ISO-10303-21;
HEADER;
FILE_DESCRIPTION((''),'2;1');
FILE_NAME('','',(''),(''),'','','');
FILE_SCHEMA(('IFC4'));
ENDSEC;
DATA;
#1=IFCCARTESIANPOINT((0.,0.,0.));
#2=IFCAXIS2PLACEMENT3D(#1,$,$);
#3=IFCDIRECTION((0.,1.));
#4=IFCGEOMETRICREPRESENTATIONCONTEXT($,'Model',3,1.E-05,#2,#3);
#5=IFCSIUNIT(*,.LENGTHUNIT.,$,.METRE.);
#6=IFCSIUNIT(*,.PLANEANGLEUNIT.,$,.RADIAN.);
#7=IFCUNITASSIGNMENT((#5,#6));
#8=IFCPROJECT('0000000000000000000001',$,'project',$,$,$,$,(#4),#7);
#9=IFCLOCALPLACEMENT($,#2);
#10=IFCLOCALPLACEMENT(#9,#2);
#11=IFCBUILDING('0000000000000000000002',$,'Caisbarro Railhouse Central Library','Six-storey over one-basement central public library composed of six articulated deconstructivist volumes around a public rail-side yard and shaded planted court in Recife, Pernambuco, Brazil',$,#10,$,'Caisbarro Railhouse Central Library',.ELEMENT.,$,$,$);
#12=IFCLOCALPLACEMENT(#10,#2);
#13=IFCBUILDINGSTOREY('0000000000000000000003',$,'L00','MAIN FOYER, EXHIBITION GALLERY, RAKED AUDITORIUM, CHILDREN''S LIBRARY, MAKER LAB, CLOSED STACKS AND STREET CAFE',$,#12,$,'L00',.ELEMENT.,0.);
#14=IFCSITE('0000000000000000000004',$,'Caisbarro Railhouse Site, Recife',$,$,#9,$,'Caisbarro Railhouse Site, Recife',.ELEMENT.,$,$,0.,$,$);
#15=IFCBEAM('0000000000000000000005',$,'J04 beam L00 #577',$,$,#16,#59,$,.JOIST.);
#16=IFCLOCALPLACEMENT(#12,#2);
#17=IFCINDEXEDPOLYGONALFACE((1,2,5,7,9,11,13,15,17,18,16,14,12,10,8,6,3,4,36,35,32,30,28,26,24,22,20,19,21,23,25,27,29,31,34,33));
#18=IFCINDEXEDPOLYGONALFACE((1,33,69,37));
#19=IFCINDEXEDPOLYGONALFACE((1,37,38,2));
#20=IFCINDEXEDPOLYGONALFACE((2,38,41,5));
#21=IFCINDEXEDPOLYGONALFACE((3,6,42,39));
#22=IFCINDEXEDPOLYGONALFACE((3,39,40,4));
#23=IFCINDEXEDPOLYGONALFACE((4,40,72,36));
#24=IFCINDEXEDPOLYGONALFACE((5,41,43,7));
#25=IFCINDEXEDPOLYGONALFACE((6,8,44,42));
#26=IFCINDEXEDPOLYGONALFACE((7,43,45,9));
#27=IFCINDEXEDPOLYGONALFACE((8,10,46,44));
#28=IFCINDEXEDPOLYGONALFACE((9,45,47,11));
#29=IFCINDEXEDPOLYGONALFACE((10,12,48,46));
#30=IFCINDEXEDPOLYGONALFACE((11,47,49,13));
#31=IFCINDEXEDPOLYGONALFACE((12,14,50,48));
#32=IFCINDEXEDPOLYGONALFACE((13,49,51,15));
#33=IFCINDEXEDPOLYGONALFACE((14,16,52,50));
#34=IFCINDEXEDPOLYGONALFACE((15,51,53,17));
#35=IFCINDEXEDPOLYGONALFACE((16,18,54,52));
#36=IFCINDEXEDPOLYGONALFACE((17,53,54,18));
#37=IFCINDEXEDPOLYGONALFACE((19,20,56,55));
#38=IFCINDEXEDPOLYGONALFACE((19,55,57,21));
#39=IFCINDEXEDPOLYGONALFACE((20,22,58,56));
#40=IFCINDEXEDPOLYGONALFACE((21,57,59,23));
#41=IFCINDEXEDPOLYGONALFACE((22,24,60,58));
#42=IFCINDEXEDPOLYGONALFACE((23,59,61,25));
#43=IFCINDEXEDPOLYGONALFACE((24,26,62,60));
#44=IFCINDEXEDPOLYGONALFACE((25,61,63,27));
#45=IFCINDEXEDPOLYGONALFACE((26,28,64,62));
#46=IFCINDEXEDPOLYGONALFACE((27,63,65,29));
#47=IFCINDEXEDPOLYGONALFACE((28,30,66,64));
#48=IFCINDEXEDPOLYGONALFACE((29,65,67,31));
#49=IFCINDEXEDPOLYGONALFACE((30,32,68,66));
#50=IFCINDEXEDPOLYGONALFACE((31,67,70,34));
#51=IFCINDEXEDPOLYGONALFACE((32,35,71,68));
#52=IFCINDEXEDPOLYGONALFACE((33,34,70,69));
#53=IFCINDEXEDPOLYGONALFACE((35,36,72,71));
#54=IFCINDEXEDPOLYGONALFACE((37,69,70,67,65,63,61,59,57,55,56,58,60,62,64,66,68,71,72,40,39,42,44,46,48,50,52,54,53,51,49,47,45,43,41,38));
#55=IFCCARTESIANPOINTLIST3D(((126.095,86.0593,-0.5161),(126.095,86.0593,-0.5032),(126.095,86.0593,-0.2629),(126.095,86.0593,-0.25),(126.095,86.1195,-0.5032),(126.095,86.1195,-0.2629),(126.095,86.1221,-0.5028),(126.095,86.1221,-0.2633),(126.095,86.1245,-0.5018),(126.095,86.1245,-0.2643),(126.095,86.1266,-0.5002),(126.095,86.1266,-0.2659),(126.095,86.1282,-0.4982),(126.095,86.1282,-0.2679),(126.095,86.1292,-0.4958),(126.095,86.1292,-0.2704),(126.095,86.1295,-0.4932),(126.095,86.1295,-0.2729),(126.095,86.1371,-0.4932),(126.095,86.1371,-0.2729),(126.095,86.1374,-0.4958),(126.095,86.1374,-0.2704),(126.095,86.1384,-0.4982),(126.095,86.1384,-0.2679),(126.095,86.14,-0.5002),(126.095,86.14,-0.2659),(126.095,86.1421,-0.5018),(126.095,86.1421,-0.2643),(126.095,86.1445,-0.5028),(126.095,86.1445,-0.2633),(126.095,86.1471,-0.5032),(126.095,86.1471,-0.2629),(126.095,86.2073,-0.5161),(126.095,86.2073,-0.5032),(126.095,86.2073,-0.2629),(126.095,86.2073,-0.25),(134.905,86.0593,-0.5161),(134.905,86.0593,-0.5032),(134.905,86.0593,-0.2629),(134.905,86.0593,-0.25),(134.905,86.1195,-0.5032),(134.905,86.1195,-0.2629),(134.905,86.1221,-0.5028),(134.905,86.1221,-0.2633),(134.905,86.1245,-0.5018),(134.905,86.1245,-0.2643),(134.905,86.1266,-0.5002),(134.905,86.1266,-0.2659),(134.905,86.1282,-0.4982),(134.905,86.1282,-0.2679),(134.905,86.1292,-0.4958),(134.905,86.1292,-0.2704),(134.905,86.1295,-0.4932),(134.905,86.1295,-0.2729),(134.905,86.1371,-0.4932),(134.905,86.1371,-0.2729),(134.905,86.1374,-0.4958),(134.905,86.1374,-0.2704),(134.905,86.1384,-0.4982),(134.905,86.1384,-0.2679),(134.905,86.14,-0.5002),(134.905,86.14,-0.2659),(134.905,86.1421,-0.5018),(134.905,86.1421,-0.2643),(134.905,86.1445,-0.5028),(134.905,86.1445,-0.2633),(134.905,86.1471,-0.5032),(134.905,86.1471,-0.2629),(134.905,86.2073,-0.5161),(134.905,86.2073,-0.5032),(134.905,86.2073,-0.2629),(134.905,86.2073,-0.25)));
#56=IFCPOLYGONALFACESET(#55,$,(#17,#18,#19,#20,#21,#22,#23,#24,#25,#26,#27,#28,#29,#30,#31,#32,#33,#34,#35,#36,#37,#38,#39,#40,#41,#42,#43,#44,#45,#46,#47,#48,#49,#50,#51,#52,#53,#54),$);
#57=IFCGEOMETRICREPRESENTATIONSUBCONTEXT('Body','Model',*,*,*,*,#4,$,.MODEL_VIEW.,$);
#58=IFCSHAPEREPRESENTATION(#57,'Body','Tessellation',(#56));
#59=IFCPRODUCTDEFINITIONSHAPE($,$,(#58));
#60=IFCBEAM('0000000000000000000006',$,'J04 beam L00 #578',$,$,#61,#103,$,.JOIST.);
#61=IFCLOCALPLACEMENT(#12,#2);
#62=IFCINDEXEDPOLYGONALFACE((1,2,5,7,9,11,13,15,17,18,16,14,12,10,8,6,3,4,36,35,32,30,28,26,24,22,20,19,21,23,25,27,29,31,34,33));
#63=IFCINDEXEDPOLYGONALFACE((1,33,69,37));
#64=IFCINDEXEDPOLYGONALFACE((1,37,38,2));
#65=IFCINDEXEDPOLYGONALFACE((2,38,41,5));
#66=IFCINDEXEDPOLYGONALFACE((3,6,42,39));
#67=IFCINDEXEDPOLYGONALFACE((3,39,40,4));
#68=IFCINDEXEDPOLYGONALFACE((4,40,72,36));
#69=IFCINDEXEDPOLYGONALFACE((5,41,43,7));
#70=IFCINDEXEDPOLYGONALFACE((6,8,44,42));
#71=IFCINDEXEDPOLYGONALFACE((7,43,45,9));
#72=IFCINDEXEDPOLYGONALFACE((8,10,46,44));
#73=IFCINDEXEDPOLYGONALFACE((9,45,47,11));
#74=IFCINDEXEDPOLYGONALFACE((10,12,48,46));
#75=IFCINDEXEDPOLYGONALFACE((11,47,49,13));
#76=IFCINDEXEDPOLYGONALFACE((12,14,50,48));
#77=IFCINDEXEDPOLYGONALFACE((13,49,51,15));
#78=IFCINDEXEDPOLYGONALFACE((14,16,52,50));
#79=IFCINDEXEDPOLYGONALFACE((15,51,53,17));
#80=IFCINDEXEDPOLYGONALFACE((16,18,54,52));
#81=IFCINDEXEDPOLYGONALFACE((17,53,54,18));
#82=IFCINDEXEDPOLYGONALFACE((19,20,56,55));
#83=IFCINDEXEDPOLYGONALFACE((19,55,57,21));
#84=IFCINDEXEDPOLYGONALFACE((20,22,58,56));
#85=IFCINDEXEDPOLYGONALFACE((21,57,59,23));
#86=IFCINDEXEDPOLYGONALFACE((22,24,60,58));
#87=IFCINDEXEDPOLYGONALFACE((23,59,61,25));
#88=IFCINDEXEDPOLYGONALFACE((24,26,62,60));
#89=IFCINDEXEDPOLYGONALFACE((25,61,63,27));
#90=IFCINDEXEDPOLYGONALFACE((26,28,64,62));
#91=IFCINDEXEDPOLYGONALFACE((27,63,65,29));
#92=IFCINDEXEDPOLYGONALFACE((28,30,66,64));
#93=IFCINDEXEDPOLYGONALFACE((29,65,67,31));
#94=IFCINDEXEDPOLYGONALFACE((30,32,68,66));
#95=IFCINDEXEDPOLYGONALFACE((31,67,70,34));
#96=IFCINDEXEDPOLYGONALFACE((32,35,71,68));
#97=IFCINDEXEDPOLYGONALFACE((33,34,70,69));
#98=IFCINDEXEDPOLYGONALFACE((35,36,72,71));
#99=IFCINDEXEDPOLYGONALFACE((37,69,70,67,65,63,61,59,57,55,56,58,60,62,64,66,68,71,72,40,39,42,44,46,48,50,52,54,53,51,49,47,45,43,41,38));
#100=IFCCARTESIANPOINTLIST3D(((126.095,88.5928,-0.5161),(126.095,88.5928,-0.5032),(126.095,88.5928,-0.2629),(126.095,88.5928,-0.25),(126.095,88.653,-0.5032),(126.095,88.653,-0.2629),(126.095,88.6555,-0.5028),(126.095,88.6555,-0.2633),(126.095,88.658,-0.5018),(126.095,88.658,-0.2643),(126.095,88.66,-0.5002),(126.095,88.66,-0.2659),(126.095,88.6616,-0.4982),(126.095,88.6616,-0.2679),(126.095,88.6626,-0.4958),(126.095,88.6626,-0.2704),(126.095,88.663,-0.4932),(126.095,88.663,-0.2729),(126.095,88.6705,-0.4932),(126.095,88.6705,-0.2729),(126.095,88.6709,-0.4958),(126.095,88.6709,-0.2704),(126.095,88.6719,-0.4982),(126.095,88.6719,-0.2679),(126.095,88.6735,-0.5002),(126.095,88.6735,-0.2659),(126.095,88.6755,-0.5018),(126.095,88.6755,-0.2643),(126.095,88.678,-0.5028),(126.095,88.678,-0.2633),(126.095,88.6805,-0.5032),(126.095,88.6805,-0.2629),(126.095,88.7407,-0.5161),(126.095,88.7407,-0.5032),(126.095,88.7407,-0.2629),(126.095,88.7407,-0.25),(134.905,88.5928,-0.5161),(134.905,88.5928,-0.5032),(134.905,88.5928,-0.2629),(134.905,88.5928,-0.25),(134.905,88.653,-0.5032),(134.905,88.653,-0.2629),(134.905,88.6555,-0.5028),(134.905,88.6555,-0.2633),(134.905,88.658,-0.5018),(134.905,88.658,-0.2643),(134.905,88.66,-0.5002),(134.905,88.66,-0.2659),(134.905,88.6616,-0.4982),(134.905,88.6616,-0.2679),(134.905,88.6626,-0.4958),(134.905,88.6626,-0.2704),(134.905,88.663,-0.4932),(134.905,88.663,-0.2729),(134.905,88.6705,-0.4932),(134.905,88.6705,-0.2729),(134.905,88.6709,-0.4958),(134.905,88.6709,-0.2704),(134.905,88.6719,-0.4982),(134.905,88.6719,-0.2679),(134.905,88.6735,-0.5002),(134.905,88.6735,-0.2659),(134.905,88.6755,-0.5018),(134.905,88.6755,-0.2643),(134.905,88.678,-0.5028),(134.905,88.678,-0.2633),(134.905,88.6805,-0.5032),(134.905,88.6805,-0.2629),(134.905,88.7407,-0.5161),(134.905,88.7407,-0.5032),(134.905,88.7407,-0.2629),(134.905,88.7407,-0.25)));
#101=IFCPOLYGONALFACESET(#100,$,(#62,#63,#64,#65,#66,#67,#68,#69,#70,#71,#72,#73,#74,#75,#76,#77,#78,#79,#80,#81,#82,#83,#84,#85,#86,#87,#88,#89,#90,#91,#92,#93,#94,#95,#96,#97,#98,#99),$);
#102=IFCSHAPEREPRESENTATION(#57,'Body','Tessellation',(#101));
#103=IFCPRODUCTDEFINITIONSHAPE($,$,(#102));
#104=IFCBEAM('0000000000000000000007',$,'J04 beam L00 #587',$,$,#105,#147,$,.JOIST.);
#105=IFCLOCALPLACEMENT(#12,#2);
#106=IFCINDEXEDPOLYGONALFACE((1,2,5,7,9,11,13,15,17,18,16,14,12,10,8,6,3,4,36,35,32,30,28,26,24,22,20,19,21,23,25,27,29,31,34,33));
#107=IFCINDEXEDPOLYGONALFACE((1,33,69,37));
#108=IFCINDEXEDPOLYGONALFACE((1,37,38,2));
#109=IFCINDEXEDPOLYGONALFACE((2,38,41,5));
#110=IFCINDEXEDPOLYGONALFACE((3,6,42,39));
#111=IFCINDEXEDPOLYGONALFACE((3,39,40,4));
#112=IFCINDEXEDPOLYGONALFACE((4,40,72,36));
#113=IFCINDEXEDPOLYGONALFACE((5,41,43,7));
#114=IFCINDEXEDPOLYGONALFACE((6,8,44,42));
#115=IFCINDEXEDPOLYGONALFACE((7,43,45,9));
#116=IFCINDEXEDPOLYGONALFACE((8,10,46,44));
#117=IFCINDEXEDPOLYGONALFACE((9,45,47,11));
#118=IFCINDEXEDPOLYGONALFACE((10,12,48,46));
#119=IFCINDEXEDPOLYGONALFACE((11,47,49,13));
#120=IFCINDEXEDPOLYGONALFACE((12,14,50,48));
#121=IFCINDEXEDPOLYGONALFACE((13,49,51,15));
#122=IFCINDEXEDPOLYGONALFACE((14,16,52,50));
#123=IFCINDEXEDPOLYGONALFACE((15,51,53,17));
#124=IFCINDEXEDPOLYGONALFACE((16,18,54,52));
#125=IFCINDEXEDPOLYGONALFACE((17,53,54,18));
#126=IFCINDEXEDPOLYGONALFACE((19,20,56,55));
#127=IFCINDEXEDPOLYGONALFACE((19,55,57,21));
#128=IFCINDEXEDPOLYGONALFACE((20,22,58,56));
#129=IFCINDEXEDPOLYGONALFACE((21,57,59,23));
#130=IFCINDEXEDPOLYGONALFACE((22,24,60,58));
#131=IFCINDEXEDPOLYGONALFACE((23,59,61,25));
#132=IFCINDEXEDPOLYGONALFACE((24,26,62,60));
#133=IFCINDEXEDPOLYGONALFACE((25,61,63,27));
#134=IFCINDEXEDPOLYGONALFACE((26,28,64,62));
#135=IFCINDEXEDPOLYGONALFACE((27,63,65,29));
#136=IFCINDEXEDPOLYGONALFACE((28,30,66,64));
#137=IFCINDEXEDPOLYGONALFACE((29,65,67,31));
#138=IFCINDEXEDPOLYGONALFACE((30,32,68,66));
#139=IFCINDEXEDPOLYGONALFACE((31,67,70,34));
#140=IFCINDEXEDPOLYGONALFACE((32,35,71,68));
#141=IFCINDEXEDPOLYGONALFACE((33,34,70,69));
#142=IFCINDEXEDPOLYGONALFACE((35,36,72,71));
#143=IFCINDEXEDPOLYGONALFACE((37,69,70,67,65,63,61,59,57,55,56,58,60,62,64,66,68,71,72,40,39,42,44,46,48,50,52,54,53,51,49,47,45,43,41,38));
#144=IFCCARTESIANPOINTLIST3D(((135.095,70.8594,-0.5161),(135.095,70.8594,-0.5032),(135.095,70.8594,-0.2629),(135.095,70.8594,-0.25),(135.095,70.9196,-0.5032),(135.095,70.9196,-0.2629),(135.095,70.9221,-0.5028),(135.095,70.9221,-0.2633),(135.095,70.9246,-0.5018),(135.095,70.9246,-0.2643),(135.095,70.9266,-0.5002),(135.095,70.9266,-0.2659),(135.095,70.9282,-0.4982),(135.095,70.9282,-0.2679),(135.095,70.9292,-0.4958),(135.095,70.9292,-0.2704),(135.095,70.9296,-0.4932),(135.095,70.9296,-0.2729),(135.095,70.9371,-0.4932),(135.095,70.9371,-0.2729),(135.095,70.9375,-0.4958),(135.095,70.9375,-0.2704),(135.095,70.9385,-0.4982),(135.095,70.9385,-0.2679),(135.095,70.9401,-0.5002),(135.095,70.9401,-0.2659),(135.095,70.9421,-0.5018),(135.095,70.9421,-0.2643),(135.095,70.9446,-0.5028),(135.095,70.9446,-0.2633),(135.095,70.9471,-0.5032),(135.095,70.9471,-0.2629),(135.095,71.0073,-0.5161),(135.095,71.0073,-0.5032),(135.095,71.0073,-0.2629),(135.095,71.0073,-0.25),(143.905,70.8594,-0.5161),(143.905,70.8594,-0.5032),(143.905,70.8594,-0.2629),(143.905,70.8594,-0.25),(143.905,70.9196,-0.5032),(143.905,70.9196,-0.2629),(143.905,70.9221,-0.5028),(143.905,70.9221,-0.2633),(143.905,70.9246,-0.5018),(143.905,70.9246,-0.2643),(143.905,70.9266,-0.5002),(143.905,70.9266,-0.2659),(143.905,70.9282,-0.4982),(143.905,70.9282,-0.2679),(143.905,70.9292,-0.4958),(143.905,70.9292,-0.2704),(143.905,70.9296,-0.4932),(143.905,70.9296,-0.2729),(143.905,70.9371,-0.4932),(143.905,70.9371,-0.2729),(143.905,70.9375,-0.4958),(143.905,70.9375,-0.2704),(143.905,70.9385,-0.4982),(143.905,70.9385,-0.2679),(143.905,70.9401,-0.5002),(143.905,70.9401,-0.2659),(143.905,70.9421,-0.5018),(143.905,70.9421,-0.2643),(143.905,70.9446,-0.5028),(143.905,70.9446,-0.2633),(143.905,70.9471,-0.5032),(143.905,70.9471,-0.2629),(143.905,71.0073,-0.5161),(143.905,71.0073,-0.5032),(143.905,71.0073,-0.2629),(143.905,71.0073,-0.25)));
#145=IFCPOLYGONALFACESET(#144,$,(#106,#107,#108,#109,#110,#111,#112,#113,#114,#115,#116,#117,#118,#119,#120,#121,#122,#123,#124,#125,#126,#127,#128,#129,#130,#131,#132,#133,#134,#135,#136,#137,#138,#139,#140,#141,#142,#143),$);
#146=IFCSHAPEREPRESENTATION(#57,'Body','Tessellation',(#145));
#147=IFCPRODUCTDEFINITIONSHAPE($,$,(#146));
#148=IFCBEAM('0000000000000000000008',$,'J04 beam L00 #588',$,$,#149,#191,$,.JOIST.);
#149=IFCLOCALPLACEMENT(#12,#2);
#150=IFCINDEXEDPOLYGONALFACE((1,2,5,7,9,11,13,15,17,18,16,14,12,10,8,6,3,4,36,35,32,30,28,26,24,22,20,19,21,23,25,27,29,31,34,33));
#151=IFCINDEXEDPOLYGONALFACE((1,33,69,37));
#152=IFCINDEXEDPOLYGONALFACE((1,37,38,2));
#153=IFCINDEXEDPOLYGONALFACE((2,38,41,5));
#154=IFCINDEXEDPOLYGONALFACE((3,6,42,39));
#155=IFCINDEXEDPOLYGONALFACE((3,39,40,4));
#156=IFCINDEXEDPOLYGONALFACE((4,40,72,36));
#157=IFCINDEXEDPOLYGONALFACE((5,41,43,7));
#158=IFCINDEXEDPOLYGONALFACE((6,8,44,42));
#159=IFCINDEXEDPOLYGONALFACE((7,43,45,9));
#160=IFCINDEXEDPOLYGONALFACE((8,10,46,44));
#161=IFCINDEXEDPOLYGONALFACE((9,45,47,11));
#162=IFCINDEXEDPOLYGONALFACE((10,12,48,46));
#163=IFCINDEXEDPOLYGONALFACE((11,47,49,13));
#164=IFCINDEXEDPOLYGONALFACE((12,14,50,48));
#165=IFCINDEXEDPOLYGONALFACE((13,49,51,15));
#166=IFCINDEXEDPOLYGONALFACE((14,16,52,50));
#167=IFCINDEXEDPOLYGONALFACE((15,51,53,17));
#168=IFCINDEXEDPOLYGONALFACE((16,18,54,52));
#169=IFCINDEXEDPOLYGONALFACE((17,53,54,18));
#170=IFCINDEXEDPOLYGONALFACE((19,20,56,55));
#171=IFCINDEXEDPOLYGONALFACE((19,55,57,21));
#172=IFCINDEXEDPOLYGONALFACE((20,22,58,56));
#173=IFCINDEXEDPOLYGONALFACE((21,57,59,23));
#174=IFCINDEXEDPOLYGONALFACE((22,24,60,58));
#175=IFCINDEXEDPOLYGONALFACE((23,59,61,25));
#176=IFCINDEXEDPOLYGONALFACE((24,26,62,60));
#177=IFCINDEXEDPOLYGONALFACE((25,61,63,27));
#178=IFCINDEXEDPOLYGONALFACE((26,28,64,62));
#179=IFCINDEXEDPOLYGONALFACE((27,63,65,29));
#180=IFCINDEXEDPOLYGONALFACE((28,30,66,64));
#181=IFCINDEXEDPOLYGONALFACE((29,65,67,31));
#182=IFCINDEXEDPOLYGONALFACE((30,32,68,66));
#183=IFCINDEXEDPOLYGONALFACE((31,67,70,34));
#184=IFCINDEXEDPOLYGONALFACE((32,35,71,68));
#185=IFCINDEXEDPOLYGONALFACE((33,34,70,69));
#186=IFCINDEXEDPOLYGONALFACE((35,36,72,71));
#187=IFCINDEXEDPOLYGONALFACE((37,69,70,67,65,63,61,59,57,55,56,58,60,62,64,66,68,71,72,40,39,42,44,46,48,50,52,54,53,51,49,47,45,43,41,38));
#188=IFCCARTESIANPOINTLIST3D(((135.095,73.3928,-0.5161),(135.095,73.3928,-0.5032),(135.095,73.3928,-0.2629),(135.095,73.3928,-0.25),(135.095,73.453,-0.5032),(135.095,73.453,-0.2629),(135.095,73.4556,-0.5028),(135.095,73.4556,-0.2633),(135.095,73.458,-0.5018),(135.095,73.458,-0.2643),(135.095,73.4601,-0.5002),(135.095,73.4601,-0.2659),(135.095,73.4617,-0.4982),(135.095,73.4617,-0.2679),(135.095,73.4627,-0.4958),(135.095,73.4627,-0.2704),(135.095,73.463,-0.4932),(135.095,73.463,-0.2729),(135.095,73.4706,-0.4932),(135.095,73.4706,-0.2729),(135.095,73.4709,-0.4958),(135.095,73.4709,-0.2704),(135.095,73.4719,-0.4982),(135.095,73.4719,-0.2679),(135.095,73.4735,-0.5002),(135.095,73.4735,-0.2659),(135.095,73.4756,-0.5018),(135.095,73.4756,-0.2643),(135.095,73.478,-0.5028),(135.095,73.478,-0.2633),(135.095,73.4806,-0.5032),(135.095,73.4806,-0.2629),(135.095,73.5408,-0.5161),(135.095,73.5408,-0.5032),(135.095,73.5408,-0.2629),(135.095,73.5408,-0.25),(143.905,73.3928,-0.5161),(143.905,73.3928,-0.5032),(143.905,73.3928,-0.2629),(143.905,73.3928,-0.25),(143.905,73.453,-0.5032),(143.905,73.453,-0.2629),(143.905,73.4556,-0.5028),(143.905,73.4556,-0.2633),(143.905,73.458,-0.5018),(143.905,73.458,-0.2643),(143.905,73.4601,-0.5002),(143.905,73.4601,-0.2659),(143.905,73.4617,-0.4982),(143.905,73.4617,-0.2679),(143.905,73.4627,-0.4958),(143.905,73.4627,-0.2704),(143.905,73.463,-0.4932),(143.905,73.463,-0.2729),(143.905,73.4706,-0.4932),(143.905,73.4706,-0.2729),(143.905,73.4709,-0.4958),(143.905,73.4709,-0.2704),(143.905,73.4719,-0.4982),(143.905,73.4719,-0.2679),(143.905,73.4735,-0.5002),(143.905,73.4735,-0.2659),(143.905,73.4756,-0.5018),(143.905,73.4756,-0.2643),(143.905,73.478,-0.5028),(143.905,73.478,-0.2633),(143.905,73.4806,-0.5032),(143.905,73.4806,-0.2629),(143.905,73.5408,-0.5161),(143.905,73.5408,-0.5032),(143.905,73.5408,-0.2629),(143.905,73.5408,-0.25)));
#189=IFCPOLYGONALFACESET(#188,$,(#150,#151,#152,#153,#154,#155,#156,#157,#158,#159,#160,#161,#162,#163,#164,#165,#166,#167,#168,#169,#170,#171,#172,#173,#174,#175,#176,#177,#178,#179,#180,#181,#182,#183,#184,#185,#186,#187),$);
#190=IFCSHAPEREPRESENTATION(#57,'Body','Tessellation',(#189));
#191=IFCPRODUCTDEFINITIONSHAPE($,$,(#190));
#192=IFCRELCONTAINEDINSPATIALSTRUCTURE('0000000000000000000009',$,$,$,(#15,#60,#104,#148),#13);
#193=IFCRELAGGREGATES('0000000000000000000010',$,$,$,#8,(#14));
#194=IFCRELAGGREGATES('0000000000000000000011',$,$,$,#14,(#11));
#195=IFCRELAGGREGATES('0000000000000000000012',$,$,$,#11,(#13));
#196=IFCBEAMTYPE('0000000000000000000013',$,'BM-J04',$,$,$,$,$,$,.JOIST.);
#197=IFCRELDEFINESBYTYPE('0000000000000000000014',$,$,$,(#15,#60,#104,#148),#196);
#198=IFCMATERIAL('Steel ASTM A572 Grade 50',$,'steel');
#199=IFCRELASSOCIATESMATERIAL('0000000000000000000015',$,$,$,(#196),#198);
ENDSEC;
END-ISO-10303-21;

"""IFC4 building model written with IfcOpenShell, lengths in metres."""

from ifc_helpers import new_model, si_unit, direction, frame, origin, origin_2d, place, context, subcontext, project, spatial, i_section, extrude, material, material_profile, profile_set, type_object, element, save


model = new_model("IFC4")

# Units and contexts
model_context = context("Model", 3, precision=1e-05, world=origin(), true_north=direction((0.0, 1.0)))
body_context = subcontext(model_context, "Body", "Model", "MODEL_VIEW")
ifc_project = project(units=[si_unit("LENGTHUNIT", "METRE"), si_unit("PLANEANGLEUNIT", "RADIAN")], contexts=[model_context])

# Site, building, storey
site_placement = place(None, origin())
site = spatial("IfcSite", under=ifc_project, at=site_placement, Name="Caisbarro Railhouse Site, Recife", LongName="Caisbarro Railhouse Site, Recife", CompositionType="ELEMENT", RefElevation=0.0)
building_placement = place(site_placement, origin())
building = spatial("IfcBuilding", under=site, at=building_placement, Name="Caisbarro Railhouse Central Library", Description="Six-storey over one-basement central public library composed of six articulated deconstructivist volumes around a public rail-side yard and shaded planted court in Recife, Pernambuco, Brazil", LongName="Caisbarro Railhouse Central Library", CompositionType="ELEMENT")
storey_placement = place(building_placement, origin())
storey = spatial("IfcBuildingStorey", under=building, at=storey_placement, Name="L00", Description="MAIN FOYER, EXHIBITION GALLERY, RAKED AUDITORIUM, CHILDREN'S LIBRARY, MAKER LAB, CLOSED STACKS AND STREET CAFE", LongName="L00", CompositionType="ELEMENT", Elevation=0.0)

# Shared definitions
ifc_material_1 = material(Name="Steel ASTM A572 Grade 50", Category="steel")

# Beams
ifc_material_profile_1 = material_profile(ifc_material_1, i_section(OverallWidth=0.1479, OverallDepth=0.2661, WebThickness=0.0076, FlangeThickness=0.0129, FilletRadius=0.01, at=origin_2d()), Name="W250X44.8")
ifc_profile_set_1 = profile_set([ifc_material_profile_1], Name="Steel ASTM A572 Grade 50")
beam_type_1 = type_object("IfcBeamType", Name="BM-J04", PredefinedType="JOIST", material=ifc_profile_set_1)
for number, where, z_axis, x_axis, name in (
    (1, (126.095, 86.1333, -0.3831), (1.0, 0.0, 0.0), (0.0, 1.0, 0.0), "J04 beam L00 #577"),
    (2, (126.095, 88.6667, -0.3831), (1.0, 0.0, 0.0), (0.0, 1.0, 0.0), "J04 beam L00 #578"),
    (3, (135.095, 70.9333, -0.3831), (1.0, 0.0, 0.0), (0.0, 1.0, 0.0), "J04 beam L00 #587"),
    (4, (135.095, 73.4668, -0.3831), (1.0, 0.0, 0.0), (0.0, 1.0, 0.0), "J04 beam L00 #588"),
):
    element("IfcBeam", number, at=place(storey_placement, frame(where, z_axis=z_axis, x_axis=x_axis)), inside=storey, type_object=beam_type_1, Name=name, PredefinedType="JOIST", context=body_context, shape_type="SweptSolid", body=[
        extrude(i_section(OverallWidth=0.1479, OverallDepth=0.2661, WebThickness=0.0076, FlangeThickness=0.0129, FilletRadius=0.01, at=origin_2d()), origin(), (0.0, 0.0, 1.0), 8.8101),
    ])

save(model, "model.ifc")
